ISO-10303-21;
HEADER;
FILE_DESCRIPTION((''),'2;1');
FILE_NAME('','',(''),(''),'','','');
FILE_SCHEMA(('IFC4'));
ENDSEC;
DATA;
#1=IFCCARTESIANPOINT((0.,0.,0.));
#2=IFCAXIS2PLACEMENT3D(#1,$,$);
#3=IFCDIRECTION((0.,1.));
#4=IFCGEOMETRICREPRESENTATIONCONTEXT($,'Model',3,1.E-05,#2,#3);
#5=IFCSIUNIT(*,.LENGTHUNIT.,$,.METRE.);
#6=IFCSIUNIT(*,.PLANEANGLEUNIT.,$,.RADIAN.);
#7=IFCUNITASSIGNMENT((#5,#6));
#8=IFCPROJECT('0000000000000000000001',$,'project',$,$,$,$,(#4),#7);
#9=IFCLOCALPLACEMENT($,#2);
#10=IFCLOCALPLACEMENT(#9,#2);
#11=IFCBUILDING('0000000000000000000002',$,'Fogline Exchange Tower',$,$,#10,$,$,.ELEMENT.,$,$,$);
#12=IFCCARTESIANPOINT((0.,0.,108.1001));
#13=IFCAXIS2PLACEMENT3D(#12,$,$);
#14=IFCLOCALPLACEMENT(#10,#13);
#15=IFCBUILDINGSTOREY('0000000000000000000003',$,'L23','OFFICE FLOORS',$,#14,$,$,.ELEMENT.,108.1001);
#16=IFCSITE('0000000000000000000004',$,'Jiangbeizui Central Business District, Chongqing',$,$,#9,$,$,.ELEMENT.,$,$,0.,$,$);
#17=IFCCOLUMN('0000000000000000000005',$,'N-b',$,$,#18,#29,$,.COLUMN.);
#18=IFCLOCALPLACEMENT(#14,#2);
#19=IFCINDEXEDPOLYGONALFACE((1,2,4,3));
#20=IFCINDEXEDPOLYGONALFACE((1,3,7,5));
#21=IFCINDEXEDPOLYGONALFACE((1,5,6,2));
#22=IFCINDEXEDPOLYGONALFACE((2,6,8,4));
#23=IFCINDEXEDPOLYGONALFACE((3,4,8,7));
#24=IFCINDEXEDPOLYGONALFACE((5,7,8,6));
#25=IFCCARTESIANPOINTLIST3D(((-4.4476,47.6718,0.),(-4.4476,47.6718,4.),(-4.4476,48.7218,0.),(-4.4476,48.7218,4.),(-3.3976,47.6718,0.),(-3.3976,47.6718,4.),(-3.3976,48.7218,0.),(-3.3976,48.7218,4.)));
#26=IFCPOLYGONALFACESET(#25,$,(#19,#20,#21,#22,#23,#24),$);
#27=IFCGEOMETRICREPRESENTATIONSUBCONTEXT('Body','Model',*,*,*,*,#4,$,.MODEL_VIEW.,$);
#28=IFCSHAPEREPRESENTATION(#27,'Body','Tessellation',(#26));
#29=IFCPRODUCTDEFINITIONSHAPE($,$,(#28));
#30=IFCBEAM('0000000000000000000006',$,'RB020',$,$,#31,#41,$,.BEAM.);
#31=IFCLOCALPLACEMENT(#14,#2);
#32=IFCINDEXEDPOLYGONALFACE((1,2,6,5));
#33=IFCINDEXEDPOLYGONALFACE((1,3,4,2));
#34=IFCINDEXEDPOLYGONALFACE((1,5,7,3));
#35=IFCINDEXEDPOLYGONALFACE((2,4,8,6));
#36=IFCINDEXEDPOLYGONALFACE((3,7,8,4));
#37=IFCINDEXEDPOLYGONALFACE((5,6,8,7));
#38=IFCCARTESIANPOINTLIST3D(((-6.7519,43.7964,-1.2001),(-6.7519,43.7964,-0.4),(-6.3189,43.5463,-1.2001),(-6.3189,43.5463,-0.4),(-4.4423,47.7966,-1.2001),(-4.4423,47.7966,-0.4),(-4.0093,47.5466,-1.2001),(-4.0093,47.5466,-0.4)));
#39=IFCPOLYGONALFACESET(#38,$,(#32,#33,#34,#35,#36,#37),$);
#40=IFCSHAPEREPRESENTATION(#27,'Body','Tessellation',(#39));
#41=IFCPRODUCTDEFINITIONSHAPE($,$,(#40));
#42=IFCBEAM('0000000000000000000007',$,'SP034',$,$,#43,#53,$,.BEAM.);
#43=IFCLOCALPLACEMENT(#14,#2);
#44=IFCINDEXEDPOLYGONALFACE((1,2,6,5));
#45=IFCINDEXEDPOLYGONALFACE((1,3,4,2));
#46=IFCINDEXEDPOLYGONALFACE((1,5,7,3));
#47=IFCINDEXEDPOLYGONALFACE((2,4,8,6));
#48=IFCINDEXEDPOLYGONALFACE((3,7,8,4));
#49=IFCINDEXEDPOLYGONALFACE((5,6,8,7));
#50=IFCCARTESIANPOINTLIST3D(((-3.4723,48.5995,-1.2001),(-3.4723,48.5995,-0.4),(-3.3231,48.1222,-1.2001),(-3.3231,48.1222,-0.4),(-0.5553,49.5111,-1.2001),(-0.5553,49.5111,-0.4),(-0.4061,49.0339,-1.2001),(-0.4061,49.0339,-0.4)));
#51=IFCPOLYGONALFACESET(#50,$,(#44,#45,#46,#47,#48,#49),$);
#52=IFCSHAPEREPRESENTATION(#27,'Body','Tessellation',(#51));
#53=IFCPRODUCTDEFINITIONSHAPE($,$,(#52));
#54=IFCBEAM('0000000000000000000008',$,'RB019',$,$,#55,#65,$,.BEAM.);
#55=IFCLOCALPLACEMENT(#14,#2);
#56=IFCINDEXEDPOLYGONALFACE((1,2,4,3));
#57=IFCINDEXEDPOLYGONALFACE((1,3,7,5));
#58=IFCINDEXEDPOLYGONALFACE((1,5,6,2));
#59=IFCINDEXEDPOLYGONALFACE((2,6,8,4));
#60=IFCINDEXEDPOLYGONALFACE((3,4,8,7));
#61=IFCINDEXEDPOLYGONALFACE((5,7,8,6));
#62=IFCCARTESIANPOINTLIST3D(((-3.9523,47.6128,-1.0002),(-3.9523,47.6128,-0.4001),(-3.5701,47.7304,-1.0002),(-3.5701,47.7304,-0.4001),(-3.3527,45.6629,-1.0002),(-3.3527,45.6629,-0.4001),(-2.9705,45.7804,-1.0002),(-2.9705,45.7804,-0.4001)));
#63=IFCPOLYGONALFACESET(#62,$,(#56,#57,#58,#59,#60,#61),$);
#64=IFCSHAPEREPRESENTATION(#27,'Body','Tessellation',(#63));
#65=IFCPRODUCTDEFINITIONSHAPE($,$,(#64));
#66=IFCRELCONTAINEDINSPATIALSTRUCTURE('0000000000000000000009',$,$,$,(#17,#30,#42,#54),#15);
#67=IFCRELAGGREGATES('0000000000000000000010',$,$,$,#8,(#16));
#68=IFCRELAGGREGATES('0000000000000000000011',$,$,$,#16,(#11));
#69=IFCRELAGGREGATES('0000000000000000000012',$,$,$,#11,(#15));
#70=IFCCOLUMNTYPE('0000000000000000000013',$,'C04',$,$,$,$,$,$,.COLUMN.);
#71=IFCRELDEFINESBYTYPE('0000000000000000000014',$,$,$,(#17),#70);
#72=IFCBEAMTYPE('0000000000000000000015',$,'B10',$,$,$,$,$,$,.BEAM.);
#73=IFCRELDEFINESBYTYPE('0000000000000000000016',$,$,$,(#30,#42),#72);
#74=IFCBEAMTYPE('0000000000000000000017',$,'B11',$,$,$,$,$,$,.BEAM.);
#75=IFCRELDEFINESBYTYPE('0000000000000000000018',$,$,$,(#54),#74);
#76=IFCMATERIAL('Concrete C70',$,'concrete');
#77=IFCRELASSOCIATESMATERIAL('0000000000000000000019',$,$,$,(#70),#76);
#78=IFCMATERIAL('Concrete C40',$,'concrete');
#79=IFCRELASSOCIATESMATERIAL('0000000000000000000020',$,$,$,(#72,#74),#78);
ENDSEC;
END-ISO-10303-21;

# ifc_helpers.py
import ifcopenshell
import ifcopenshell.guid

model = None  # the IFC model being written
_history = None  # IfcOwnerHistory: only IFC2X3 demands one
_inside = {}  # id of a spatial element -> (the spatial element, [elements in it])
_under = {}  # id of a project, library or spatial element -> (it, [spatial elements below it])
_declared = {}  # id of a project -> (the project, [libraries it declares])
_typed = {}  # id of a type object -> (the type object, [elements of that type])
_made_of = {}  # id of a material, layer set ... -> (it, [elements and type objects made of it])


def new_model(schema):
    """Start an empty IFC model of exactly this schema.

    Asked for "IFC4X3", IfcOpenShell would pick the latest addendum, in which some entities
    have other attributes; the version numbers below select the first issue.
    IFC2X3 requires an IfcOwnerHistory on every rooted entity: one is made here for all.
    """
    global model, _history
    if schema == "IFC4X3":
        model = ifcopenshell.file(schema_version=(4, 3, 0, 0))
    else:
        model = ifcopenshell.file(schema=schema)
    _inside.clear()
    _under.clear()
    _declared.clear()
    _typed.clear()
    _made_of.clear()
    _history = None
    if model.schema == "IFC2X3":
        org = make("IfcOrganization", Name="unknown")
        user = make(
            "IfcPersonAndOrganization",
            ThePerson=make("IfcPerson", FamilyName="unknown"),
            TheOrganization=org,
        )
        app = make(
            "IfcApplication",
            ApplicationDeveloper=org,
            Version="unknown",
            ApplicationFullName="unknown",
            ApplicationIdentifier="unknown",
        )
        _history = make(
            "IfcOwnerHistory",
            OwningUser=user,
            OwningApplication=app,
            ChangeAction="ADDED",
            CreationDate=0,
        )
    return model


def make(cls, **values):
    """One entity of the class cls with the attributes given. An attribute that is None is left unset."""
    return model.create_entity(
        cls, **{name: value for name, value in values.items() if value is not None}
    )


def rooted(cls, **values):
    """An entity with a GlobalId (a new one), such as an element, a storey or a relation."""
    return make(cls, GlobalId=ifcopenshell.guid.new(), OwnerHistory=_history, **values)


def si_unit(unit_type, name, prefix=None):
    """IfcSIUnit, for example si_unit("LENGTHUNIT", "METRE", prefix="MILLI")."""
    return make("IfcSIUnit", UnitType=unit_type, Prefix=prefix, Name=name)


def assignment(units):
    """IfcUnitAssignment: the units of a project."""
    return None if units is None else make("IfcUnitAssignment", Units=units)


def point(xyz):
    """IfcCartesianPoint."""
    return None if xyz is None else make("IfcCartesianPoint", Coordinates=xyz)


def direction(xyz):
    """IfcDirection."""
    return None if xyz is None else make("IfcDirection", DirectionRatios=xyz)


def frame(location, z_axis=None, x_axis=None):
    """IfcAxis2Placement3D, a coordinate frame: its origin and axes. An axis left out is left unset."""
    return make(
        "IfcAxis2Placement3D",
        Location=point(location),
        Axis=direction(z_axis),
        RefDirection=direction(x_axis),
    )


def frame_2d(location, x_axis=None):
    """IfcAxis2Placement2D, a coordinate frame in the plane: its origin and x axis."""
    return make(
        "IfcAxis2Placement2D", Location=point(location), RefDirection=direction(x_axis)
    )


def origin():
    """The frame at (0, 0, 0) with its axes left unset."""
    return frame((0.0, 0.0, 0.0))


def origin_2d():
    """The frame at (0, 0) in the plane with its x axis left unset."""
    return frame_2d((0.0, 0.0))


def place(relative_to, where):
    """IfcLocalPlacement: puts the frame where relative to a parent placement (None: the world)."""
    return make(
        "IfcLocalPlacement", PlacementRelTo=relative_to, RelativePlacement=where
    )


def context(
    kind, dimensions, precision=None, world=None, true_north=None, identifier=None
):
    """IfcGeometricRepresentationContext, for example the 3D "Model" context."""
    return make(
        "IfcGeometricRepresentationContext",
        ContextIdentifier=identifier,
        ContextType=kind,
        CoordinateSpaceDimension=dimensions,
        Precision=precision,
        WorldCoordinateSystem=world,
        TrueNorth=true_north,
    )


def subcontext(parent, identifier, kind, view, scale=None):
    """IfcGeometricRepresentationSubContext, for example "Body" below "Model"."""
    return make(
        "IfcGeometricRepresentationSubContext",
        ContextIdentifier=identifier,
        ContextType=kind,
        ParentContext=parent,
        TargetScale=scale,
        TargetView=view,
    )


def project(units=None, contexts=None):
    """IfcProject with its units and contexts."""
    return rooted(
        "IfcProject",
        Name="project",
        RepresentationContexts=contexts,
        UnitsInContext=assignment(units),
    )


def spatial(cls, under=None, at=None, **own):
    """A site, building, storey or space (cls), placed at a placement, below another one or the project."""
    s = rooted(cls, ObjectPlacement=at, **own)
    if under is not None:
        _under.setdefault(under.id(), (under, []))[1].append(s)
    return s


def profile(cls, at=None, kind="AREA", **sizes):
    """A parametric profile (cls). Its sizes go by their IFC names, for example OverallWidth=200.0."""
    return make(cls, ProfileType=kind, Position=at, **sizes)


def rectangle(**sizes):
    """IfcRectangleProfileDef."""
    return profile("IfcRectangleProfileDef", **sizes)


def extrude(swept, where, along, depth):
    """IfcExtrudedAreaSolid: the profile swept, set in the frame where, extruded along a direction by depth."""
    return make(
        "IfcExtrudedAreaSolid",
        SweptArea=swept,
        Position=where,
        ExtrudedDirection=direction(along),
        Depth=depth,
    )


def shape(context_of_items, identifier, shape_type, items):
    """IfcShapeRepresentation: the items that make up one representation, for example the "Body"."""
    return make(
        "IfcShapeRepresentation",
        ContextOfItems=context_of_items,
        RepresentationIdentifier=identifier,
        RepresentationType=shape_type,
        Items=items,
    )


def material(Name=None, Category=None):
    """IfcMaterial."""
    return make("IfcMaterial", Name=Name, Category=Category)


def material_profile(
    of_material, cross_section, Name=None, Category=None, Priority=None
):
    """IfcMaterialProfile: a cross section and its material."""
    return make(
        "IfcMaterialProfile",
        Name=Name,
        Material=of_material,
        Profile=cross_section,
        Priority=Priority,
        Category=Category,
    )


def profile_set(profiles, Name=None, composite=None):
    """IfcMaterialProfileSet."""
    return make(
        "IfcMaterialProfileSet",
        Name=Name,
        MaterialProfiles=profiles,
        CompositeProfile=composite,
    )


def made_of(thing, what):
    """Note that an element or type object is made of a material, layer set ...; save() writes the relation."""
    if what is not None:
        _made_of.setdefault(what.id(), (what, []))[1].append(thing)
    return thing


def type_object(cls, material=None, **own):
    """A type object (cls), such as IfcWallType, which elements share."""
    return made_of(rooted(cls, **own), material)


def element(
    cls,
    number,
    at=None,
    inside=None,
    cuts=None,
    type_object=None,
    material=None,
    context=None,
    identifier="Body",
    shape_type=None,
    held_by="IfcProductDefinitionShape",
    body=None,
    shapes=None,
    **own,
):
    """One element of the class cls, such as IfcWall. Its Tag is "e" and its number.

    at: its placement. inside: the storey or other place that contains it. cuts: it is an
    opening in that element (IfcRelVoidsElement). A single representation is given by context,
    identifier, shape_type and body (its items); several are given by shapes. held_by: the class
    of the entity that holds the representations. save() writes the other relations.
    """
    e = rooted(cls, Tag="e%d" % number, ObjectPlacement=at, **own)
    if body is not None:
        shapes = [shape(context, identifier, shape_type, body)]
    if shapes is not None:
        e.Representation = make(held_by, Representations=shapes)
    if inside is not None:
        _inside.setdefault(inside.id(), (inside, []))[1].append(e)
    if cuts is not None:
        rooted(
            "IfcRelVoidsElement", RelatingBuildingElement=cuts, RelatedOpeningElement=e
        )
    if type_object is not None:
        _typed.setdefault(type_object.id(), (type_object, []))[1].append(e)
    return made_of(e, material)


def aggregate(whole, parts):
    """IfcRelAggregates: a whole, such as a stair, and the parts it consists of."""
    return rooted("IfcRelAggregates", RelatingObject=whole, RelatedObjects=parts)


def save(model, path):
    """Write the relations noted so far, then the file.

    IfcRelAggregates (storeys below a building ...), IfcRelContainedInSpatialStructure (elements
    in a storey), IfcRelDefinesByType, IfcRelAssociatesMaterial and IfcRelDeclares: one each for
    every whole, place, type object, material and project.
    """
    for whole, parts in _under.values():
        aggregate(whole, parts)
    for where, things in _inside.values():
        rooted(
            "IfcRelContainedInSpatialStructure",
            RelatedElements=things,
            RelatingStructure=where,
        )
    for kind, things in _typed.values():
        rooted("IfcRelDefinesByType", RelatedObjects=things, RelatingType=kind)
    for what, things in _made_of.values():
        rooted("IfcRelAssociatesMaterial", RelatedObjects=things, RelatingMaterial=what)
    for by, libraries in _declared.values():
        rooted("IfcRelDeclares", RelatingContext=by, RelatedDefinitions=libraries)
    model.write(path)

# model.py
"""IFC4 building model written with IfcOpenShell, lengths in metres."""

from ifc_helpers import new_model, si_unit, direction, frame, origin, origin_2d, place, context, subcontext, project, spatial, rectangle, extrude, material, material_profile, profile_set, type_object, element, save


model = new_model("IFC4")

# Units and contexts
model_context = context("Model", 3, precision=1e-05, world=origin(), true_north=direction((0.0, 1.0)))
body_context = subcontext(model_context, "Body", "Model", "MODEL_VIEW")
ifc_project = project(units=[si_unit("LENGTHUNIT", "METRE"), si_unit("PLANEANGLEUNIT", "RADIAN")], contexts=[model_context])

# Site, building, storey
site_placement = place(None, origin())
site = spatial("IfcSite", under=ifc_project, at=site_placement, Name="Jiangbeizui Central Business District, Chongqing", CompositionType="ELEMENT", RefElevation=0.0)
building_placement = place(site_placement, origin())
building = spatial("IfcBuilding", under=site, at=building_placement, Name="Fogline Exchange Tower", CompositionType="ELEMENT")
storey_placement = place(building_placement, frame((0.0, 0.0, 108.1001)))
storey = spatial("IfcBuildingStorey", under=building, at=storey_placement, Name="L23", Description="OFFICE FLOORS", CompositionType="ELEMENT", Elevation=108.1001)

# Column
ifc_material_1 = material(Name="Concrete C70", Category="concrete")
ifc_material_profile_1 = material_profile(ifc_material_1, rectangle(XDim=1.05, YDim=1.05, at=origin_2d()), Name="RC 1050x1050")
ifc_profile_set_1 = profile_set([ifc_material_profile_1], Name="Concrete C70")
column_type = type_object("IfcColumnType", Name="C04", PredefinedType="COLUMN", material=ifc_profile_set_1)
column_placement = place(storey_placement, frame((-3.9226, 48.1968, 0.0), z_axis=(0.0, 0.0, 1.0), x_axis=(1.0, 0.0, 0.0)))
element("IfcColumn", 1, at=column_placement, inside=storey, type_object=column_type, Name="N-b", PredefinedType="COLUMN", context=body_context, shape_type="SweptSolid", body=[
    extrude(rectangle(XDim=1.05, YDim=1.05, at=origin_2d()), origin(), (0.0, 0.0, 1.0), 4.0),
])

# Beams
ifc_material_2 = material(Name="Concrete C40", Category="concrete")
ifc_material_profile_2 = material_profile(ifc_material_2, rectangle(XDim=0.5, YDim=0.8, at=origin_2d()), Name="RC 500x800")
ifc_profile_set_2 = profile_set([ifc_material_profile_2], Name="Concrete C40")
beam_type_1 = type_object("IfcBeamType", Name="B10", PredefinedType="BEAM", material=ifc_profile_set_2)
beam_1_placement = place(storey_placement, frame((-4.2258, 47.6716, -0.8), z_axis=(-0.500005, -0.866023, 0.0), x_axis=(0.866023, -0.500005, 0.0)))
element("IfcBeam", 2, at=beam_1_placement, inside=storey, type_object=beam_type_1, Name="RB020", PredefinedType="BEAM", context=body_context, shape_type="SweptSolid", body=[
    extrude(rectangle(XDim=0.5, YDim=0.8, at=origin_2d()), origin(), (0.0, 0.0, 1.0), 4.6191),
])
beam_2_placement = place(storey_placement, frame((-3.3977, 48.3608, -0.8), z_axis=(0.954474, 0.298293, 0.0), x_axis=(-0.298293, 0.954474, 0.0)))
element("IfcBeam", 3, at=beam_2_placement, inside=storey, type_object=beam_type_1, Name="SP034", PredefinedType="BEAM", context=body_context, shape_type="SweptSolid", body=[
    extrude(rectangle(XDim=0.5, YDim=0.8, at=origin_2d()), origin(), (0.0, 0.0, 1.0), 3.0562),
])
ifc_material_profile_3 = material_profile(ifc_material_2, rectangle(XDim=0.3999, YDim=0.6001, at=origin_2d()), Name="RC 400x600")
ifc_profile_set_3 = profile_set([ifc_material_profile_3], Name="Concrete C40")
beam_type_2 = type_object("IfcBeamType", Name="B11", PredefinedType="BEAM", material=ifc_profile_set_3)
beam_3_placement = place(storey_placement, frame((-3.1616, 45.7217, -0.7002), z_axis=(-0.293918, 0.955831, 0.0), x_axis=(-0.955831, -0.293918, 0.0)))
element("IfcBeam", 4, at=beam_3_placement, inside=storey, type_object=beam_type_2, Name="RB019", PredefinedType="BEAM", context=body_context, shape_type="SweptSolid", body=[
    extrude(rectangle(XDim=0.3999, YDim=0.6001, at=origin_2d()), origin(), (0.0, 0.0, 1.0), 2.04),
])

save(model, "model.ifc")
